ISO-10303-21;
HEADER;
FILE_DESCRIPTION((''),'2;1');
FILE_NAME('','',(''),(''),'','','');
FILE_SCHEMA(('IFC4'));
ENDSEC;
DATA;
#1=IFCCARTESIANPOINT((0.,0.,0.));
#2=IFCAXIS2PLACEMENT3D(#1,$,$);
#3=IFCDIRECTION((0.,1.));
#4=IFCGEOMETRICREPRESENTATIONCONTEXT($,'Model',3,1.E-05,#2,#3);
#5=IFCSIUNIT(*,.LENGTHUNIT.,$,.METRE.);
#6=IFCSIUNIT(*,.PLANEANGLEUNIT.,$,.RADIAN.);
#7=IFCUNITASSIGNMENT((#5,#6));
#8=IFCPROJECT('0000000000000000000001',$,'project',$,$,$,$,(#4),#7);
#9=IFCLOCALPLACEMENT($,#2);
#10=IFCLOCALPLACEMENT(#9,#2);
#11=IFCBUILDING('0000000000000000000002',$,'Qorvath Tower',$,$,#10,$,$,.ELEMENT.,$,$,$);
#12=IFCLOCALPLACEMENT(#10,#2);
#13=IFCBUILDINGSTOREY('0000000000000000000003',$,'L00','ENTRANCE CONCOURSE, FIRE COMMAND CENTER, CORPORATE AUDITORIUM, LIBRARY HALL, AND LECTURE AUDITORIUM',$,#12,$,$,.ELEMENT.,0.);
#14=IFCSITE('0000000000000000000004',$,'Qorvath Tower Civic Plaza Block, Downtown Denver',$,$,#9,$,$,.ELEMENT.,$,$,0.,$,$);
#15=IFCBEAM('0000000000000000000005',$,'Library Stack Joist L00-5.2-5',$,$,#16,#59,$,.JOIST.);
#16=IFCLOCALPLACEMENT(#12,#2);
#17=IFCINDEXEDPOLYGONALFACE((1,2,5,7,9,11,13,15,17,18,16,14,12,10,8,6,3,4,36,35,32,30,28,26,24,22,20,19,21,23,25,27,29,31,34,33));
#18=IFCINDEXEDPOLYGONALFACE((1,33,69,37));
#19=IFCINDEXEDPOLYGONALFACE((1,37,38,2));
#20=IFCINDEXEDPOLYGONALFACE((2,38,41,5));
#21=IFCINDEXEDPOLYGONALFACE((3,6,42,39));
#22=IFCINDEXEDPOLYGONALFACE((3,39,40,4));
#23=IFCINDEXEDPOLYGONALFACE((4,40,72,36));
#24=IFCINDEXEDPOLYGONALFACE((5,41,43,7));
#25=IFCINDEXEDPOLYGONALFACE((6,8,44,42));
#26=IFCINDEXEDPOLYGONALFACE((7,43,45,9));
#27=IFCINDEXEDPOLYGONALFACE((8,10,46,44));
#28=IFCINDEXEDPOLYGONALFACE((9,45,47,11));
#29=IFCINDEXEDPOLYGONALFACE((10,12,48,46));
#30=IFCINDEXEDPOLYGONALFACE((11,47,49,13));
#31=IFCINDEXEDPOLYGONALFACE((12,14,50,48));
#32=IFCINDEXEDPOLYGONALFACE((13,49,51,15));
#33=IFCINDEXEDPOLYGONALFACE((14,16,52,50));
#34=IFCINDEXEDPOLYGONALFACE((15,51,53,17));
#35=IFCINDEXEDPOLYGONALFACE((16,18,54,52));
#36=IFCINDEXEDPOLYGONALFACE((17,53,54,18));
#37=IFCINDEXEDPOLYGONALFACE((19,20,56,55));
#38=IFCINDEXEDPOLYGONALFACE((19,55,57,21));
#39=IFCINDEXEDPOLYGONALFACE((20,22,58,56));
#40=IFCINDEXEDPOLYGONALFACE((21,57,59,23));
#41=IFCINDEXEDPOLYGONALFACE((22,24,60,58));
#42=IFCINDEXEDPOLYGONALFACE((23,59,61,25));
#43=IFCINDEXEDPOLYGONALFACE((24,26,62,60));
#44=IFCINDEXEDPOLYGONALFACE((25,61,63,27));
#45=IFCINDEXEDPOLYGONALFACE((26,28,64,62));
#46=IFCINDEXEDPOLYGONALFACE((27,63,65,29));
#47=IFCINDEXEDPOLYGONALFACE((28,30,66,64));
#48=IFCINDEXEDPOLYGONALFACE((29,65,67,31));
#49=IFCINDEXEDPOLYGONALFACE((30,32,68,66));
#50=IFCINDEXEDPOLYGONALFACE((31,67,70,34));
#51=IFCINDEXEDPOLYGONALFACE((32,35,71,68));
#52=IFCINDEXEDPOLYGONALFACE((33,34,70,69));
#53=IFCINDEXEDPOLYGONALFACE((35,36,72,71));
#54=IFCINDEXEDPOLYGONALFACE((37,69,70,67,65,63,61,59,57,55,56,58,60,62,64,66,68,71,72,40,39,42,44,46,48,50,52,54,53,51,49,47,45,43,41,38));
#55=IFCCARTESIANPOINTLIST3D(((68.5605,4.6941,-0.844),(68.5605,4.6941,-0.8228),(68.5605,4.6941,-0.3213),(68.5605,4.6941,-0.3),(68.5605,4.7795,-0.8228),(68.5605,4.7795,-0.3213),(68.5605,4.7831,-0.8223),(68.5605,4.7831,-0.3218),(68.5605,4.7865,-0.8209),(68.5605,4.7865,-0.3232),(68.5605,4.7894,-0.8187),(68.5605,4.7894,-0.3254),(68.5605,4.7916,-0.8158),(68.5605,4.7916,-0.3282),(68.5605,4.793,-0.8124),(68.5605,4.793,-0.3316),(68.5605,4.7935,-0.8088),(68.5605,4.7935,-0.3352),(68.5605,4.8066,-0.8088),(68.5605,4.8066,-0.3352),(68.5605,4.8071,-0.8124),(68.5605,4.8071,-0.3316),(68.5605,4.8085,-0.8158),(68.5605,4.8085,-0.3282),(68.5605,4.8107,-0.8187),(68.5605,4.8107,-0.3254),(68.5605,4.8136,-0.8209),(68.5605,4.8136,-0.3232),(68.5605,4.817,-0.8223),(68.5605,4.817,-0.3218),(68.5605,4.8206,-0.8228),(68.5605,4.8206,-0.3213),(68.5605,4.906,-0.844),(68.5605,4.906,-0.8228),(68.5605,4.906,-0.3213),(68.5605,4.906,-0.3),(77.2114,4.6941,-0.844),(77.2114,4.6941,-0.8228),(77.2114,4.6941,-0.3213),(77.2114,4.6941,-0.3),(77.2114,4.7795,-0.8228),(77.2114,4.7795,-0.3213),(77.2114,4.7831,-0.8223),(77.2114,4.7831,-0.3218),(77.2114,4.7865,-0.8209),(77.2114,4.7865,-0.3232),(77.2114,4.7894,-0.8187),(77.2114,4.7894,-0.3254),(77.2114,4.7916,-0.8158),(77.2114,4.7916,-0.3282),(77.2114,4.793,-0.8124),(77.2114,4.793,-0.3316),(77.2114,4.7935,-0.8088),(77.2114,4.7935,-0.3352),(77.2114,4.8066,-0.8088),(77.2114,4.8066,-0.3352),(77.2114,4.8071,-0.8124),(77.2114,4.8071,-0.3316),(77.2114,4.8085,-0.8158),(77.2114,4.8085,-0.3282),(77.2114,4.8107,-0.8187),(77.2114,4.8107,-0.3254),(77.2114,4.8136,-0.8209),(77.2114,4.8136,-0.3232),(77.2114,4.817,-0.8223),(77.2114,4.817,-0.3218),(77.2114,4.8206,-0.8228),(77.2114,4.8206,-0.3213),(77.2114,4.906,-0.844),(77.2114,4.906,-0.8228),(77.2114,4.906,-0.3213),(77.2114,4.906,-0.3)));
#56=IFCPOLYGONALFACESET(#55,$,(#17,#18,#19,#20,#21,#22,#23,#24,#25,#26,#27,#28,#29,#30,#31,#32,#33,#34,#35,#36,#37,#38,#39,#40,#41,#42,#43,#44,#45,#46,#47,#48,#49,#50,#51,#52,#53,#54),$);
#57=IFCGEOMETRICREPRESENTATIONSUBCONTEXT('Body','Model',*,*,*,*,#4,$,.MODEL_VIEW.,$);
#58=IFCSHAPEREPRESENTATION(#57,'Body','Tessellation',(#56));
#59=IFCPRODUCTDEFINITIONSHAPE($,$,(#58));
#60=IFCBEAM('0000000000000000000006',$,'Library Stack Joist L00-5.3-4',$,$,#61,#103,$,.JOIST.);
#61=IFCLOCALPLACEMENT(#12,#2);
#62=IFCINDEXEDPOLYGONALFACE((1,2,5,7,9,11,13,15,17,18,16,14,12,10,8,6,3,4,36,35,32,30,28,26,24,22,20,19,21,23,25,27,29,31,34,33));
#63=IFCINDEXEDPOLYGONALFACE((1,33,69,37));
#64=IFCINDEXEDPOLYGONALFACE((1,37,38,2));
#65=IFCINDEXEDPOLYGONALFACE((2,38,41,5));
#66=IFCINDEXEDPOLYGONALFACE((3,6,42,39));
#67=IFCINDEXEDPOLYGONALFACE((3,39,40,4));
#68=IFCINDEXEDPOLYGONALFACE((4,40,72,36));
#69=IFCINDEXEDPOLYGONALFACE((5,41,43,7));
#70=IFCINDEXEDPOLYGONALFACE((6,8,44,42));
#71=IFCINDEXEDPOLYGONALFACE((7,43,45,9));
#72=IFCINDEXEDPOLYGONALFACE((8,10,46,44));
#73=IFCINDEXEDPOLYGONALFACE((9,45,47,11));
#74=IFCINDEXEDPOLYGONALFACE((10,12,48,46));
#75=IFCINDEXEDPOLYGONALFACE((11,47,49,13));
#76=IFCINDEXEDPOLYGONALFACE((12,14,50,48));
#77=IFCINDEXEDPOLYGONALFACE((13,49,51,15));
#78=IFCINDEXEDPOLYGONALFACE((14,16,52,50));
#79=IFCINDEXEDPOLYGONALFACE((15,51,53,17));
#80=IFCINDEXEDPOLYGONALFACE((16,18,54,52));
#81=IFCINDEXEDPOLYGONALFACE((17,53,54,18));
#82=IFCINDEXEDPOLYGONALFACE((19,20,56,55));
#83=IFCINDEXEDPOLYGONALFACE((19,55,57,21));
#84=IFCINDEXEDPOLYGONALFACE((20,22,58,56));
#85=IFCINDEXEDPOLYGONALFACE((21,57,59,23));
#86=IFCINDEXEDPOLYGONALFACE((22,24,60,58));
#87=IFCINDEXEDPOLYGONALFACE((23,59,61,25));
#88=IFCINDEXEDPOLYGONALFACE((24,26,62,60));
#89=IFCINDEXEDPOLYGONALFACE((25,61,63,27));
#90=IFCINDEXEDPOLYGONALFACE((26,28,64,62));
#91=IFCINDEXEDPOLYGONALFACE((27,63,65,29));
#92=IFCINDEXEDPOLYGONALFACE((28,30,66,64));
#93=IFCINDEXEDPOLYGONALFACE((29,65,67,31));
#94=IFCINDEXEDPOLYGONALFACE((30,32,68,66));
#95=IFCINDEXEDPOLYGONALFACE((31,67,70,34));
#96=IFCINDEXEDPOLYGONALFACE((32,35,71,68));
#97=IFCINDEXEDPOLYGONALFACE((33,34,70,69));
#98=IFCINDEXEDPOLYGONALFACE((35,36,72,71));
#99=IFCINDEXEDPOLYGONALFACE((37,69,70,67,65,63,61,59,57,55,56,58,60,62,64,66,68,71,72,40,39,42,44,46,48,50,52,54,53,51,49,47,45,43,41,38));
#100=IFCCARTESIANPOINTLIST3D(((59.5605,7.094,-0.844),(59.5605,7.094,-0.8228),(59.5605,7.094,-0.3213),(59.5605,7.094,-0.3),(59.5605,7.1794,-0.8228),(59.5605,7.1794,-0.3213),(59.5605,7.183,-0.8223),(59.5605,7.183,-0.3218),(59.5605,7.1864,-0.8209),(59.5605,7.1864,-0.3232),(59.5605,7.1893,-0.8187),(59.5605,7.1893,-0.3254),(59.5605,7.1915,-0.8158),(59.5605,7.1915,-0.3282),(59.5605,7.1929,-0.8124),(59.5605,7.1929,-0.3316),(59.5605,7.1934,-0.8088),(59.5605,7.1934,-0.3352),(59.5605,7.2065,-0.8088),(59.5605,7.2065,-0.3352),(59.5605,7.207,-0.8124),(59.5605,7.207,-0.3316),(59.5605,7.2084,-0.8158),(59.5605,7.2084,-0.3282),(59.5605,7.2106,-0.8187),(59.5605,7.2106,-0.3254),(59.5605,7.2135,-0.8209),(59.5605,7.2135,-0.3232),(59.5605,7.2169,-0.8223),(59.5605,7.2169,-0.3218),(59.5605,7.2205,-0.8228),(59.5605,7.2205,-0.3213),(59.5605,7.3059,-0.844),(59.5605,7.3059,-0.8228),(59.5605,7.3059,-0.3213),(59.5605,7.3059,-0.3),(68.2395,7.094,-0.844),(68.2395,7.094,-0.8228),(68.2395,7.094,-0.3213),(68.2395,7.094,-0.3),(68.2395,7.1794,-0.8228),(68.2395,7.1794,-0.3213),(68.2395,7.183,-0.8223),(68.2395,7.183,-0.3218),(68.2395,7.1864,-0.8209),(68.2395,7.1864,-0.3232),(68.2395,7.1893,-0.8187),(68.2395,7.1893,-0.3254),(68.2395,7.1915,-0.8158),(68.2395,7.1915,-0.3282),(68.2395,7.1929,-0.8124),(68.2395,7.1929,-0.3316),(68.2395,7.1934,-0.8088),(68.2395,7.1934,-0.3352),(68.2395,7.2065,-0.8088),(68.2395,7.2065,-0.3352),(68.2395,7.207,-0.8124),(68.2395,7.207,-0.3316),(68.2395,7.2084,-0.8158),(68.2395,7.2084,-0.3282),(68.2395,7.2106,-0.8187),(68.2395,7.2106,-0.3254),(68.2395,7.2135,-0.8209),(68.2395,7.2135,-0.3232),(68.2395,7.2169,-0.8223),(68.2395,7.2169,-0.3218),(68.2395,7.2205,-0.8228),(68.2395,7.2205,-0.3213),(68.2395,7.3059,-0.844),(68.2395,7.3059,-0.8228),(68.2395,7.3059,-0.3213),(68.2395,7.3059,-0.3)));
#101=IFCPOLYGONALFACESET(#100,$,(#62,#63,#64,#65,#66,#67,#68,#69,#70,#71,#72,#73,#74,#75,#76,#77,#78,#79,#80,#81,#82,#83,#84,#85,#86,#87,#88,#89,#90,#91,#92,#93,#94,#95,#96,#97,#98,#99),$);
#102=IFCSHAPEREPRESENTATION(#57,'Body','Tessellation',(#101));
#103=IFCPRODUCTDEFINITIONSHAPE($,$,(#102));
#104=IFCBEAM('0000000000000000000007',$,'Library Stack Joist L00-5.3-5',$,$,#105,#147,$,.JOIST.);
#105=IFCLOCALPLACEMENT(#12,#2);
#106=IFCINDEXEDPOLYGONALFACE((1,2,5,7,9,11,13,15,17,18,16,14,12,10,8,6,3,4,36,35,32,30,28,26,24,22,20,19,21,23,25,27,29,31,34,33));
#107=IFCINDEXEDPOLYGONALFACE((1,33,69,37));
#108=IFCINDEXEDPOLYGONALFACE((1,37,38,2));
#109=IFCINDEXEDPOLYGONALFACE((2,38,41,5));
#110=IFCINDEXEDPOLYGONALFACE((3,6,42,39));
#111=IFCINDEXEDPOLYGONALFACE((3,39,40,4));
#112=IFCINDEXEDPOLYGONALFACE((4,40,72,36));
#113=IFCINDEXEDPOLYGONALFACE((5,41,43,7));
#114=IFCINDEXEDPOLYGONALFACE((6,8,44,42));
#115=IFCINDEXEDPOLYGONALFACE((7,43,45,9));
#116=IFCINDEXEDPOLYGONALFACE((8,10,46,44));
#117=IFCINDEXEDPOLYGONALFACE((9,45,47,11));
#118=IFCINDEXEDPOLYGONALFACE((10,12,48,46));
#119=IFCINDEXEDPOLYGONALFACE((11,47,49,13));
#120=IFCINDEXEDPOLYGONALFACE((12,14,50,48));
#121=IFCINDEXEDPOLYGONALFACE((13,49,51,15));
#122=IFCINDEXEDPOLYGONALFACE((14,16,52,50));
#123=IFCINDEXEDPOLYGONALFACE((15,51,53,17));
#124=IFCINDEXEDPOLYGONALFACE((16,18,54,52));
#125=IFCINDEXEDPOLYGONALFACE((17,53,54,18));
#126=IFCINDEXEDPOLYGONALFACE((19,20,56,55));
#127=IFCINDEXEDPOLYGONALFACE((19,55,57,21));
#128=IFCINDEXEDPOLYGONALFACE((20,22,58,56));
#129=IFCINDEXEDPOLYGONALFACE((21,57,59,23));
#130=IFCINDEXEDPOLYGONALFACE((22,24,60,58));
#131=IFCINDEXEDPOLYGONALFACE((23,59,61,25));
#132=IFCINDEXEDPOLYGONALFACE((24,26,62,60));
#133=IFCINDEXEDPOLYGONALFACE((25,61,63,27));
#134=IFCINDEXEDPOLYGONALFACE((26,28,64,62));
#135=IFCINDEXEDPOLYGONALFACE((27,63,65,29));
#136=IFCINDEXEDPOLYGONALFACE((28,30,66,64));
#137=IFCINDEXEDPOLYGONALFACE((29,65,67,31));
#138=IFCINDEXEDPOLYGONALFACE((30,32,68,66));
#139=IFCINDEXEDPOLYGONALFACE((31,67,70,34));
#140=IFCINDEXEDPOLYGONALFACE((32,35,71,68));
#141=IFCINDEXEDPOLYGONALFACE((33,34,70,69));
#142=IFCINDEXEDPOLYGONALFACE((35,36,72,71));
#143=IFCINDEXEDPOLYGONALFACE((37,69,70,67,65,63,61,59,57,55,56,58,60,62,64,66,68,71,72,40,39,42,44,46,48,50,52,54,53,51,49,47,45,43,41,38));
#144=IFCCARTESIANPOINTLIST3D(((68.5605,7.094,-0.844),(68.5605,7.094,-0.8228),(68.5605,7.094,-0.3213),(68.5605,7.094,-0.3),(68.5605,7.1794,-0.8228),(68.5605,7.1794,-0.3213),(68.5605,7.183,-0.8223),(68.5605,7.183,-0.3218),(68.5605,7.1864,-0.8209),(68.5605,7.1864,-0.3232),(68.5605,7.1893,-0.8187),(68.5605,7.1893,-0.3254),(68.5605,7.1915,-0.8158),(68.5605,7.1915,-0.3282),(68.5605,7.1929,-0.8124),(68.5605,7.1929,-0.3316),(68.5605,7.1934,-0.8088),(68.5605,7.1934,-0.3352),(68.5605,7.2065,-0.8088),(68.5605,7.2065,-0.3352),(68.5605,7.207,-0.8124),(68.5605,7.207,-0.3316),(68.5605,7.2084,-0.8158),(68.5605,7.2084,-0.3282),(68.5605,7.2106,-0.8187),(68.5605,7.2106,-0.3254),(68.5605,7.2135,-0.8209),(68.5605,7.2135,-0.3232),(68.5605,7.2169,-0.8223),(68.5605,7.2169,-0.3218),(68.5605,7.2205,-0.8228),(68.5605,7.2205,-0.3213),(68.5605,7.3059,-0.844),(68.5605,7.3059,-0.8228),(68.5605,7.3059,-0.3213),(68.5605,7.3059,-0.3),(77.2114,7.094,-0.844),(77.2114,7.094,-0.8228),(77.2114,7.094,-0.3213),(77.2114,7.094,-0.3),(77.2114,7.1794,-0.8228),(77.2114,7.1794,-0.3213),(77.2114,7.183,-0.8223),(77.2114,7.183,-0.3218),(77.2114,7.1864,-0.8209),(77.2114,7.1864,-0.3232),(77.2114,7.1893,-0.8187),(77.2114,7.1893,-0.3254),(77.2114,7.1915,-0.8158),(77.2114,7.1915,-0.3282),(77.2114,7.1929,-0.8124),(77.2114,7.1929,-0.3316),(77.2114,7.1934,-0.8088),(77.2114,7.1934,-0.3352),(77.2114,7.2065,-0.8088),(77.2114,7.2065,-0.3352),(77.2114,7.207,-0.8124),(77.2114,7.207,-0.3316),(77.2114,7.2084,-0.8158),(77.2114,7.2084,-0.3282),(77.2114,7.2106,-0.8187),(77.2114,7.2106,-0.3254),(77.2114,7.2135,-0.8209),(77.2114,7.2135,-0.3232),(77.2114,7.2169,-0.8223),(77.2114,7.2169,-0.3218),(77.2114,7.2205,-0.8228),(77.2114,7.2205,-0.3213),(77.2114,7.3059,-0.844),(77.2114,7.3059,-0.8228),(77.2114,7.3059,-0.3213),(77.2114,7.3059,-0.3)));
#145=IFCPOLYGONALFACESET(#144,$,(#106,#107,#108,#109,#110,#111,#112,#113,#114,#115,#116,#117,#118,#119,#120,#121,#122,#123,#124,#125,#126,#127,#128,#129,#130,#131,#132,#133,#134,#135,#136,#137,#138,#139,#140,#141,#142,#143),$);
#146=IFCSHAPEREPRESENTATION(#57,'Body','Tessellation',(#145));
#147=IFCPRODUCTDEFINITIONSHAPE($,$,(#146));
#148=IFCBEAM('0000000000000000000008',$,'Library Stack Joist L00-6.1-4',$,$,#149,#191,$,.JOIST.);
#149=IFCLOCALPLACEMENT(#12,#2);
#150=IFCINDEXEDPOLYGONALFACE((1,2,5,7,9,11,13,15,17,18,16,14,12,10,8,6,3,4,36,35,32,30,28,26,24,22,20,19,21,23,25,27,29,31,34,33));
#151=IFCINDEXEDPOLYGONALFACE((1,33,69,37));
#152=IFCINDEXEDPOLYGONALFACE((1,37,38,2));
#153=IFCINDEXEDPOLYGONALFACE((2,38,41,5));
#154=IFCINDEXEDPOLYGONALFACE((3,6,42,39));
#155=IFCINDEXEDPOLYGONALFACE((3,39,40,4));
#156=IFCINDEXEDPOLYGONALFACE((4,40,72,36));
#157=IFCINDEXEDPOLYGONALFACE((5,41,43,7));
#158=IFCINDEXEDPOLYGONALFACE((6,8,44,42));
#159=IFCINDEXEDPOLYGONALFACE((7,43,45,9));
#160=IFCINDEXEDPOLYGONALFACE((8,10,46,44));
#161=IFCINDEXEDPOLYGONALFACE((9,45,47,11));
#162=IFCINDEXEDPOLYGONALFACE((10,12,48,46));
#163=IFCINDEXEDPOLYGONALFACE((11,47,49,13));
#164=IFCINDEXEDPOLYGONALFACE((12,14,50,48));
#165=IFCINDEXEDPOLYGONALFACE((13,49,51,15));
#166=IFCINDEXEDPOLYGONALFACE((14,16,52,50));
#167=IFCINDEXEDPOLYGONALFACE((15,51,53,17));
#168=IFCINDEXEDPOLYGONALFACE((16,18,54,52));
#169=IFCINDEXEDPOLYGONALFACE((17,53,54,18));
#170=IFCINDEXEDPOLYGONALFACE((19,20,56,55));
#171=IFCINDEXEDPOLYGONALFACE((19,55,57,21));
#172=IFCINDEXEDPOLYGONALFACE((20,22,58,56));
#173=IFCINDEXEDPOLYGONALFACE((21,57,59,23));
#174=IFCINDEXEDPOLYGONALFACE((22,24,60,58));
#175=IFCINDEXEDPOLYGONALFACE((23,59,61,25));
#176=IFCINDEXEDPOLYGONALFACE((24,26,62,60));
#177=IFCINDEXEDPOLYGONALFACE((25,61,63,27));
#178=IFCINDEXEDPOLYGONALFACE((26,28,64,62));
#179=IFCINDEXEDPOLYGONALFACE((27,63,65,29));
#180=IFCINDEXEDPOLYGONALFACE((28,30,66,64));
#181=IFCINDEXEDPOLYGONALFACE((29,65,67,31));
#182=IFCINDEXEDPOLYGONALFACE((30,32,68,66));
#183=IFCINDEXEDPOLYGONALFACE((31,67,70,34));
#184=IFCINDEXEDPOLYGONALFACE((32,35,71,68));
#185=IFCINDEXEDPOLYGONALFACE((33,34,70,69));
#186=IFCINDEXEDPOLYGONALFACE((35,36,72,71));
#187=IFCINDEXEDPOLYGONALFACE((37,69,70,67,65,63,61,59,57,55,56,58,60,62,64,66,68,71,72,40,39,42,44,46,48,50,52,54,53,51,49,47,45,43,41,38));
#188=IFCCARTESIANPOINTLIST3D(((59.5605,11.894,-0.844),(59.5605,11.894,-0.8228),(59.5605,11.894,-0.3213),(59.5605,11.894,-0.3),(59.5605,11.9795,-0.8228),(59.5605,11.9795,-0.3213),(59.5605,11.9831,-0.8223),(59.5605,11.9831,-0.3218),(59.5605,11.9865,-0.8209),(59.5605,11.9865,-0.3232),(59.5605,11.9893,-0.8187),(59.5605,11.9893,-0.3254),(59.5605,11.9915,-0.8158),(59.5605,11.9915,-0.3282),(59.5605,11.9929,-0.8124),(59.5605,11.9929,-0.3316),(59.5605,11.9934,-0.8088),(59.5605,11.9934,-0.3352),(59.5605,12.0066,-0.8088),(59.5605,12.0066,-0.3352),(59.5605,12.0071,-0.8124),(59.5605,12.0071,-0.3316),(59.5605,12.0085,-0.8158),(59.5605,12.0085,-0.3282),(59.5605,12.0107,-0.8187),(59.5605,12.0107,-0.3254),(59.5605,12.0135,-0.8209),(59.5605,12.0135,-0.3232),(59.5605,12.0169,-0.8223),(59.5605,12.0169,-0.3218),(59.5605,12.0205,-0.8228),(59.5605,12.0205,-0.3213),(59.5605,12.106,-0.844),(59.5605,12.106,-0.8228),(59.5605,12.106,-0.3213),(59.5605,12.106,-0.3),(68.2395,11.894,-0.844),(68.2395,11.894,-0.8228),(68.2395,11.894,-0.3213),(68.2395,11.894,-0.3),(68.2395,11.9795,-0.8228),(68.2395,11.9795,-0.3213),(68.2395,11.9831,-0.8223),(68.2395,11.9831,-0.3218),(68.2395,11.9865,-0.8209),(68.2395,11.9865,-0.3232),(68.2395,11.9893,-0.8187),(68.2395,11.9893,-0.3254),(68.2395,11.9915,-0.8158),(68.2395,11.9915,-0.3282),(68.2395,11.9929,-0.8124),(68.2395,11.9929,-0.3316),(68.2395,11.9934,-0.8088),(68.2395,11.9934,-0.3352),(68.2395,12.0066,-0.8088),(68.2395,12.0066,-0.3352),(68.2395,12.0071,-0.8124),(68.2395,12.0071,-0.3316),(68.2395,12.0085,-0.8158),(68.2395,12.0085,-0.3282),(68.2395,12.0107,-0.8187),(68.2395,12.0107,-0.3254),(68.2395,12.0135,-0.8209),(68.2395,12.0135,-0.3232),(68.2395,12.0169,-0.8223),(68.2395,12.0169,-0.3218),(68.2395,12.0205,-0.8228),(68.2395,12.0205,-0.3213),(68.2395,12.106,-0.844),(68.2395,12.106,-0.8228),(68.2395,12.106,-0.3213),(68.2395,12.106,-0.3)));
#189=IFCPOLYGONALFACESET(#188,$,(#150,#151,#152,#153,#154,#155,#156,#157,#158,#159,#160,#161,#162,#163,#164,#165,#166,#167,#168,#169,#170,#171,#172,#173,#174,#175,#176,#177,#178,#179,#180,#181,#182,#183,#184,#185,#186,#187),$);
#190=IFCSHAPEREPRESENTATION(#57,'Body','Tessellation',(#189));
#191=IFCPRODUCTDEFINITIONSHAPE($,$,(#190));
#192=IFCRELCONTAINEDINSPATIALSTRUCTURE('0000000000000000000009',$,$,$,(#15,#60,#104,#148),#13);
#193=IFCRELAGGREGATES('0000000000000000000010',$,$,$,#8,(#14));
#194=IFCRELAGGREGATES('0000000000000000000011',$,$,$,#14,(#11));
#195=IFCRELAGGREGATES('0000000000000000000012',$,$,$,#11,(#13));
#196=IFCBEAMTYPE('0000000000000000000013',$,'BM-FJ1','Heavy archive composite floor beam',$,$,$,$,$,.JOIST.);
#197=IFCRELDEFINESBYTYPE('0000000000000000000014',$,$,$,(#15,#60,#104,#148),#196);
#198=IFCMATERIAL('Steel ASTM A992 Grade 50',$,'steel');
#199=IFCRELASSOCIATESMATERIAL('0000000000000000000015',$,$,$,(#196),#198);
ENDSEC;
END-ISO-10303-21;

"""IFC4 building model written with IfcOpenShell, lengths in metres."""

from ifc_helpers import new_model, si_unit, direction, frame, origin, origin_2d, place, context, subcontext, project, spatial, i_section, extrude, material, material_profile, profile_set, type_object, element, save


model = new_model("IFC4")

# Units and contexts
model_context = context("Model", 3, precision=1e-05, world=origin(), true_north=direction((0.0, 1.0)))
body_context = subcontext(model_context, "Body", "Model", "MODEL_VIEW")
ifc_project = project(units=[si_unit("LENGTHUNIT", "METRE"), si_unit("PLANEANGLEUNIT", "RADIAN")], contexts=[model_context])

# Site, building, storey
site_placement = place(None, origin())
site = spatial("IfcSite", under=ifc_project, at=site_placement, Name="Qorvath Tower Civic Plaza Block, Downtown Denver", CompositionType="ELEMENT", RefElevation=0.0)
building_placement = place(site_placement, origin())
building = spatial("IfcBuilding", under=site, at=building_placement, Name="Qorvath Tower", CompositionType="ELEMENT")
storey_placement = place(building_placement, origin())
storey = spatial("IfcBuildingStorey", under=building, at=storey_placement, Name="L00", Description="ENTRANCE CONCOURSE, FIRE COMMAND CENTER, CORPORATE AUDITORIUM, LIBRARY HALL, AND LECTURE AUDITORIUM", CompositionType="ELEMENT", Elevation=0.0)

# Beams
ifc_material_1 = material(Name="Steel ASTM A992 Grade 50", Category="steel")
ifc_material_profile_1 = material_profile(ifc_material_1, i_section(OverallWidth=0.2119, OverallDepth=0.5439, WebThickness=0.0132, FlangeThickness=0.0212, FilletRadius=0.0139, at=origin_2d()), Name="W21x83")
ifc_profile_set_1 = profile_set([ifc_material_profile_1], Name="Steel ASTM A992 Grade 50")
beam_type_1 = type_object("IfcBeamType", Name="BM-FJ1", Description="Heavy archive composite floor beam", PredefinedType="JOIST", material=ifc_profile_set_1)
beam_1_placement = place(storey_placement, frame((68.5605, 4.8, -0.572), z_axis=(1.0, 0.0, 0.0), x_axis=(0.0, 1.0, 0.0)))
element("IfcBeam", 1, at=beam_1_placement, inside=storey, type_object=beam_type_1, Name="Library Stack Joist L00-5.2-5", PredefinedType="JOIST", context=body_context, shape_type="SweptSolid", body=[
    extrude(i_section(OverallWidth=0.2119, OverallDepth=0.5439, WebThickness=0.0132, FlangeThickness=0.0212, FilletRadius=0.0139, at=origin_2d()), origin(), (0.0, 0.0, 1.0), 8.6509),
])
beam_2_placement = place(storey_placement, frame((59.5605, 7.2, -0.572), z_axis=(1.0, 0.0, 0.0), x_axis=(0.0, 1.0, 0.0)))
element("IfcBeam", 2, at=beam_2_placement, inside=storey, type_object=beam_type_1, Name="Library Stack Joist L00-5.3-4", PredefinedType="JOIST", context=body_context, shape_type="SweptSolid", body=[
    extrude(i_section(OverallWidth=0.2119, OverallDepth=0.5439, WebThickness=0.0132, FlangeThickness=0.0212, FilletRadius=0.0139, at=origin_2d()), origin(), (0.0, 0.0, 1.0), 8.679),
])
beam_3_placement = place(storey_placement, frame((68.5605, 7.2, -0.572), z_axis=(1.0, 0.0, 0.0), x_axis=(0.0, 1.0, 0.0)))
element("IfcBeam", 3, at=beam_3_placement, inside=storey, type_object=beam_type_1, Name="Library Stack Joist L00-5.3-5", PredefinedType="JOIST", context=body_context, shape_type="SweptSolid", body=[
    extrude(i_section(OverallWidth=0.2119, OverallDepth=0.5439, WebThickness=0.0132, FlangeThickness=0.0212, FilletRadius=0.0139, at=origin_2d()), origin(), (0.0, 0.0, 1.0), 8.6509),
])
beam_4_placement = place(storey_placement, frame((59.5605, 12.0, -0.572), z_axis=(1.0, 0.0, 0.0), x_axis=(0.0, 1.0, 0.0)))
element("IfcBeam", 4, at=beam_4_placement, inside=storey, type_object=beam_type_1, Name="Library Stack Joist L00-6.1-4", PredefinedType="JOIST", context=body_context, shape_type="SweptSolid", body=[
    extrude(i_section(OverallWidth=0.2119, OverallDepth=0.5439, WebThickness=0.0132, FlangeThickness=0.0212, FilletRadius=0.0139, at=origin_2d()), origin(), (0.0, 0.0, 1.0), 8.679),
])

save(model, "model.ifc")
